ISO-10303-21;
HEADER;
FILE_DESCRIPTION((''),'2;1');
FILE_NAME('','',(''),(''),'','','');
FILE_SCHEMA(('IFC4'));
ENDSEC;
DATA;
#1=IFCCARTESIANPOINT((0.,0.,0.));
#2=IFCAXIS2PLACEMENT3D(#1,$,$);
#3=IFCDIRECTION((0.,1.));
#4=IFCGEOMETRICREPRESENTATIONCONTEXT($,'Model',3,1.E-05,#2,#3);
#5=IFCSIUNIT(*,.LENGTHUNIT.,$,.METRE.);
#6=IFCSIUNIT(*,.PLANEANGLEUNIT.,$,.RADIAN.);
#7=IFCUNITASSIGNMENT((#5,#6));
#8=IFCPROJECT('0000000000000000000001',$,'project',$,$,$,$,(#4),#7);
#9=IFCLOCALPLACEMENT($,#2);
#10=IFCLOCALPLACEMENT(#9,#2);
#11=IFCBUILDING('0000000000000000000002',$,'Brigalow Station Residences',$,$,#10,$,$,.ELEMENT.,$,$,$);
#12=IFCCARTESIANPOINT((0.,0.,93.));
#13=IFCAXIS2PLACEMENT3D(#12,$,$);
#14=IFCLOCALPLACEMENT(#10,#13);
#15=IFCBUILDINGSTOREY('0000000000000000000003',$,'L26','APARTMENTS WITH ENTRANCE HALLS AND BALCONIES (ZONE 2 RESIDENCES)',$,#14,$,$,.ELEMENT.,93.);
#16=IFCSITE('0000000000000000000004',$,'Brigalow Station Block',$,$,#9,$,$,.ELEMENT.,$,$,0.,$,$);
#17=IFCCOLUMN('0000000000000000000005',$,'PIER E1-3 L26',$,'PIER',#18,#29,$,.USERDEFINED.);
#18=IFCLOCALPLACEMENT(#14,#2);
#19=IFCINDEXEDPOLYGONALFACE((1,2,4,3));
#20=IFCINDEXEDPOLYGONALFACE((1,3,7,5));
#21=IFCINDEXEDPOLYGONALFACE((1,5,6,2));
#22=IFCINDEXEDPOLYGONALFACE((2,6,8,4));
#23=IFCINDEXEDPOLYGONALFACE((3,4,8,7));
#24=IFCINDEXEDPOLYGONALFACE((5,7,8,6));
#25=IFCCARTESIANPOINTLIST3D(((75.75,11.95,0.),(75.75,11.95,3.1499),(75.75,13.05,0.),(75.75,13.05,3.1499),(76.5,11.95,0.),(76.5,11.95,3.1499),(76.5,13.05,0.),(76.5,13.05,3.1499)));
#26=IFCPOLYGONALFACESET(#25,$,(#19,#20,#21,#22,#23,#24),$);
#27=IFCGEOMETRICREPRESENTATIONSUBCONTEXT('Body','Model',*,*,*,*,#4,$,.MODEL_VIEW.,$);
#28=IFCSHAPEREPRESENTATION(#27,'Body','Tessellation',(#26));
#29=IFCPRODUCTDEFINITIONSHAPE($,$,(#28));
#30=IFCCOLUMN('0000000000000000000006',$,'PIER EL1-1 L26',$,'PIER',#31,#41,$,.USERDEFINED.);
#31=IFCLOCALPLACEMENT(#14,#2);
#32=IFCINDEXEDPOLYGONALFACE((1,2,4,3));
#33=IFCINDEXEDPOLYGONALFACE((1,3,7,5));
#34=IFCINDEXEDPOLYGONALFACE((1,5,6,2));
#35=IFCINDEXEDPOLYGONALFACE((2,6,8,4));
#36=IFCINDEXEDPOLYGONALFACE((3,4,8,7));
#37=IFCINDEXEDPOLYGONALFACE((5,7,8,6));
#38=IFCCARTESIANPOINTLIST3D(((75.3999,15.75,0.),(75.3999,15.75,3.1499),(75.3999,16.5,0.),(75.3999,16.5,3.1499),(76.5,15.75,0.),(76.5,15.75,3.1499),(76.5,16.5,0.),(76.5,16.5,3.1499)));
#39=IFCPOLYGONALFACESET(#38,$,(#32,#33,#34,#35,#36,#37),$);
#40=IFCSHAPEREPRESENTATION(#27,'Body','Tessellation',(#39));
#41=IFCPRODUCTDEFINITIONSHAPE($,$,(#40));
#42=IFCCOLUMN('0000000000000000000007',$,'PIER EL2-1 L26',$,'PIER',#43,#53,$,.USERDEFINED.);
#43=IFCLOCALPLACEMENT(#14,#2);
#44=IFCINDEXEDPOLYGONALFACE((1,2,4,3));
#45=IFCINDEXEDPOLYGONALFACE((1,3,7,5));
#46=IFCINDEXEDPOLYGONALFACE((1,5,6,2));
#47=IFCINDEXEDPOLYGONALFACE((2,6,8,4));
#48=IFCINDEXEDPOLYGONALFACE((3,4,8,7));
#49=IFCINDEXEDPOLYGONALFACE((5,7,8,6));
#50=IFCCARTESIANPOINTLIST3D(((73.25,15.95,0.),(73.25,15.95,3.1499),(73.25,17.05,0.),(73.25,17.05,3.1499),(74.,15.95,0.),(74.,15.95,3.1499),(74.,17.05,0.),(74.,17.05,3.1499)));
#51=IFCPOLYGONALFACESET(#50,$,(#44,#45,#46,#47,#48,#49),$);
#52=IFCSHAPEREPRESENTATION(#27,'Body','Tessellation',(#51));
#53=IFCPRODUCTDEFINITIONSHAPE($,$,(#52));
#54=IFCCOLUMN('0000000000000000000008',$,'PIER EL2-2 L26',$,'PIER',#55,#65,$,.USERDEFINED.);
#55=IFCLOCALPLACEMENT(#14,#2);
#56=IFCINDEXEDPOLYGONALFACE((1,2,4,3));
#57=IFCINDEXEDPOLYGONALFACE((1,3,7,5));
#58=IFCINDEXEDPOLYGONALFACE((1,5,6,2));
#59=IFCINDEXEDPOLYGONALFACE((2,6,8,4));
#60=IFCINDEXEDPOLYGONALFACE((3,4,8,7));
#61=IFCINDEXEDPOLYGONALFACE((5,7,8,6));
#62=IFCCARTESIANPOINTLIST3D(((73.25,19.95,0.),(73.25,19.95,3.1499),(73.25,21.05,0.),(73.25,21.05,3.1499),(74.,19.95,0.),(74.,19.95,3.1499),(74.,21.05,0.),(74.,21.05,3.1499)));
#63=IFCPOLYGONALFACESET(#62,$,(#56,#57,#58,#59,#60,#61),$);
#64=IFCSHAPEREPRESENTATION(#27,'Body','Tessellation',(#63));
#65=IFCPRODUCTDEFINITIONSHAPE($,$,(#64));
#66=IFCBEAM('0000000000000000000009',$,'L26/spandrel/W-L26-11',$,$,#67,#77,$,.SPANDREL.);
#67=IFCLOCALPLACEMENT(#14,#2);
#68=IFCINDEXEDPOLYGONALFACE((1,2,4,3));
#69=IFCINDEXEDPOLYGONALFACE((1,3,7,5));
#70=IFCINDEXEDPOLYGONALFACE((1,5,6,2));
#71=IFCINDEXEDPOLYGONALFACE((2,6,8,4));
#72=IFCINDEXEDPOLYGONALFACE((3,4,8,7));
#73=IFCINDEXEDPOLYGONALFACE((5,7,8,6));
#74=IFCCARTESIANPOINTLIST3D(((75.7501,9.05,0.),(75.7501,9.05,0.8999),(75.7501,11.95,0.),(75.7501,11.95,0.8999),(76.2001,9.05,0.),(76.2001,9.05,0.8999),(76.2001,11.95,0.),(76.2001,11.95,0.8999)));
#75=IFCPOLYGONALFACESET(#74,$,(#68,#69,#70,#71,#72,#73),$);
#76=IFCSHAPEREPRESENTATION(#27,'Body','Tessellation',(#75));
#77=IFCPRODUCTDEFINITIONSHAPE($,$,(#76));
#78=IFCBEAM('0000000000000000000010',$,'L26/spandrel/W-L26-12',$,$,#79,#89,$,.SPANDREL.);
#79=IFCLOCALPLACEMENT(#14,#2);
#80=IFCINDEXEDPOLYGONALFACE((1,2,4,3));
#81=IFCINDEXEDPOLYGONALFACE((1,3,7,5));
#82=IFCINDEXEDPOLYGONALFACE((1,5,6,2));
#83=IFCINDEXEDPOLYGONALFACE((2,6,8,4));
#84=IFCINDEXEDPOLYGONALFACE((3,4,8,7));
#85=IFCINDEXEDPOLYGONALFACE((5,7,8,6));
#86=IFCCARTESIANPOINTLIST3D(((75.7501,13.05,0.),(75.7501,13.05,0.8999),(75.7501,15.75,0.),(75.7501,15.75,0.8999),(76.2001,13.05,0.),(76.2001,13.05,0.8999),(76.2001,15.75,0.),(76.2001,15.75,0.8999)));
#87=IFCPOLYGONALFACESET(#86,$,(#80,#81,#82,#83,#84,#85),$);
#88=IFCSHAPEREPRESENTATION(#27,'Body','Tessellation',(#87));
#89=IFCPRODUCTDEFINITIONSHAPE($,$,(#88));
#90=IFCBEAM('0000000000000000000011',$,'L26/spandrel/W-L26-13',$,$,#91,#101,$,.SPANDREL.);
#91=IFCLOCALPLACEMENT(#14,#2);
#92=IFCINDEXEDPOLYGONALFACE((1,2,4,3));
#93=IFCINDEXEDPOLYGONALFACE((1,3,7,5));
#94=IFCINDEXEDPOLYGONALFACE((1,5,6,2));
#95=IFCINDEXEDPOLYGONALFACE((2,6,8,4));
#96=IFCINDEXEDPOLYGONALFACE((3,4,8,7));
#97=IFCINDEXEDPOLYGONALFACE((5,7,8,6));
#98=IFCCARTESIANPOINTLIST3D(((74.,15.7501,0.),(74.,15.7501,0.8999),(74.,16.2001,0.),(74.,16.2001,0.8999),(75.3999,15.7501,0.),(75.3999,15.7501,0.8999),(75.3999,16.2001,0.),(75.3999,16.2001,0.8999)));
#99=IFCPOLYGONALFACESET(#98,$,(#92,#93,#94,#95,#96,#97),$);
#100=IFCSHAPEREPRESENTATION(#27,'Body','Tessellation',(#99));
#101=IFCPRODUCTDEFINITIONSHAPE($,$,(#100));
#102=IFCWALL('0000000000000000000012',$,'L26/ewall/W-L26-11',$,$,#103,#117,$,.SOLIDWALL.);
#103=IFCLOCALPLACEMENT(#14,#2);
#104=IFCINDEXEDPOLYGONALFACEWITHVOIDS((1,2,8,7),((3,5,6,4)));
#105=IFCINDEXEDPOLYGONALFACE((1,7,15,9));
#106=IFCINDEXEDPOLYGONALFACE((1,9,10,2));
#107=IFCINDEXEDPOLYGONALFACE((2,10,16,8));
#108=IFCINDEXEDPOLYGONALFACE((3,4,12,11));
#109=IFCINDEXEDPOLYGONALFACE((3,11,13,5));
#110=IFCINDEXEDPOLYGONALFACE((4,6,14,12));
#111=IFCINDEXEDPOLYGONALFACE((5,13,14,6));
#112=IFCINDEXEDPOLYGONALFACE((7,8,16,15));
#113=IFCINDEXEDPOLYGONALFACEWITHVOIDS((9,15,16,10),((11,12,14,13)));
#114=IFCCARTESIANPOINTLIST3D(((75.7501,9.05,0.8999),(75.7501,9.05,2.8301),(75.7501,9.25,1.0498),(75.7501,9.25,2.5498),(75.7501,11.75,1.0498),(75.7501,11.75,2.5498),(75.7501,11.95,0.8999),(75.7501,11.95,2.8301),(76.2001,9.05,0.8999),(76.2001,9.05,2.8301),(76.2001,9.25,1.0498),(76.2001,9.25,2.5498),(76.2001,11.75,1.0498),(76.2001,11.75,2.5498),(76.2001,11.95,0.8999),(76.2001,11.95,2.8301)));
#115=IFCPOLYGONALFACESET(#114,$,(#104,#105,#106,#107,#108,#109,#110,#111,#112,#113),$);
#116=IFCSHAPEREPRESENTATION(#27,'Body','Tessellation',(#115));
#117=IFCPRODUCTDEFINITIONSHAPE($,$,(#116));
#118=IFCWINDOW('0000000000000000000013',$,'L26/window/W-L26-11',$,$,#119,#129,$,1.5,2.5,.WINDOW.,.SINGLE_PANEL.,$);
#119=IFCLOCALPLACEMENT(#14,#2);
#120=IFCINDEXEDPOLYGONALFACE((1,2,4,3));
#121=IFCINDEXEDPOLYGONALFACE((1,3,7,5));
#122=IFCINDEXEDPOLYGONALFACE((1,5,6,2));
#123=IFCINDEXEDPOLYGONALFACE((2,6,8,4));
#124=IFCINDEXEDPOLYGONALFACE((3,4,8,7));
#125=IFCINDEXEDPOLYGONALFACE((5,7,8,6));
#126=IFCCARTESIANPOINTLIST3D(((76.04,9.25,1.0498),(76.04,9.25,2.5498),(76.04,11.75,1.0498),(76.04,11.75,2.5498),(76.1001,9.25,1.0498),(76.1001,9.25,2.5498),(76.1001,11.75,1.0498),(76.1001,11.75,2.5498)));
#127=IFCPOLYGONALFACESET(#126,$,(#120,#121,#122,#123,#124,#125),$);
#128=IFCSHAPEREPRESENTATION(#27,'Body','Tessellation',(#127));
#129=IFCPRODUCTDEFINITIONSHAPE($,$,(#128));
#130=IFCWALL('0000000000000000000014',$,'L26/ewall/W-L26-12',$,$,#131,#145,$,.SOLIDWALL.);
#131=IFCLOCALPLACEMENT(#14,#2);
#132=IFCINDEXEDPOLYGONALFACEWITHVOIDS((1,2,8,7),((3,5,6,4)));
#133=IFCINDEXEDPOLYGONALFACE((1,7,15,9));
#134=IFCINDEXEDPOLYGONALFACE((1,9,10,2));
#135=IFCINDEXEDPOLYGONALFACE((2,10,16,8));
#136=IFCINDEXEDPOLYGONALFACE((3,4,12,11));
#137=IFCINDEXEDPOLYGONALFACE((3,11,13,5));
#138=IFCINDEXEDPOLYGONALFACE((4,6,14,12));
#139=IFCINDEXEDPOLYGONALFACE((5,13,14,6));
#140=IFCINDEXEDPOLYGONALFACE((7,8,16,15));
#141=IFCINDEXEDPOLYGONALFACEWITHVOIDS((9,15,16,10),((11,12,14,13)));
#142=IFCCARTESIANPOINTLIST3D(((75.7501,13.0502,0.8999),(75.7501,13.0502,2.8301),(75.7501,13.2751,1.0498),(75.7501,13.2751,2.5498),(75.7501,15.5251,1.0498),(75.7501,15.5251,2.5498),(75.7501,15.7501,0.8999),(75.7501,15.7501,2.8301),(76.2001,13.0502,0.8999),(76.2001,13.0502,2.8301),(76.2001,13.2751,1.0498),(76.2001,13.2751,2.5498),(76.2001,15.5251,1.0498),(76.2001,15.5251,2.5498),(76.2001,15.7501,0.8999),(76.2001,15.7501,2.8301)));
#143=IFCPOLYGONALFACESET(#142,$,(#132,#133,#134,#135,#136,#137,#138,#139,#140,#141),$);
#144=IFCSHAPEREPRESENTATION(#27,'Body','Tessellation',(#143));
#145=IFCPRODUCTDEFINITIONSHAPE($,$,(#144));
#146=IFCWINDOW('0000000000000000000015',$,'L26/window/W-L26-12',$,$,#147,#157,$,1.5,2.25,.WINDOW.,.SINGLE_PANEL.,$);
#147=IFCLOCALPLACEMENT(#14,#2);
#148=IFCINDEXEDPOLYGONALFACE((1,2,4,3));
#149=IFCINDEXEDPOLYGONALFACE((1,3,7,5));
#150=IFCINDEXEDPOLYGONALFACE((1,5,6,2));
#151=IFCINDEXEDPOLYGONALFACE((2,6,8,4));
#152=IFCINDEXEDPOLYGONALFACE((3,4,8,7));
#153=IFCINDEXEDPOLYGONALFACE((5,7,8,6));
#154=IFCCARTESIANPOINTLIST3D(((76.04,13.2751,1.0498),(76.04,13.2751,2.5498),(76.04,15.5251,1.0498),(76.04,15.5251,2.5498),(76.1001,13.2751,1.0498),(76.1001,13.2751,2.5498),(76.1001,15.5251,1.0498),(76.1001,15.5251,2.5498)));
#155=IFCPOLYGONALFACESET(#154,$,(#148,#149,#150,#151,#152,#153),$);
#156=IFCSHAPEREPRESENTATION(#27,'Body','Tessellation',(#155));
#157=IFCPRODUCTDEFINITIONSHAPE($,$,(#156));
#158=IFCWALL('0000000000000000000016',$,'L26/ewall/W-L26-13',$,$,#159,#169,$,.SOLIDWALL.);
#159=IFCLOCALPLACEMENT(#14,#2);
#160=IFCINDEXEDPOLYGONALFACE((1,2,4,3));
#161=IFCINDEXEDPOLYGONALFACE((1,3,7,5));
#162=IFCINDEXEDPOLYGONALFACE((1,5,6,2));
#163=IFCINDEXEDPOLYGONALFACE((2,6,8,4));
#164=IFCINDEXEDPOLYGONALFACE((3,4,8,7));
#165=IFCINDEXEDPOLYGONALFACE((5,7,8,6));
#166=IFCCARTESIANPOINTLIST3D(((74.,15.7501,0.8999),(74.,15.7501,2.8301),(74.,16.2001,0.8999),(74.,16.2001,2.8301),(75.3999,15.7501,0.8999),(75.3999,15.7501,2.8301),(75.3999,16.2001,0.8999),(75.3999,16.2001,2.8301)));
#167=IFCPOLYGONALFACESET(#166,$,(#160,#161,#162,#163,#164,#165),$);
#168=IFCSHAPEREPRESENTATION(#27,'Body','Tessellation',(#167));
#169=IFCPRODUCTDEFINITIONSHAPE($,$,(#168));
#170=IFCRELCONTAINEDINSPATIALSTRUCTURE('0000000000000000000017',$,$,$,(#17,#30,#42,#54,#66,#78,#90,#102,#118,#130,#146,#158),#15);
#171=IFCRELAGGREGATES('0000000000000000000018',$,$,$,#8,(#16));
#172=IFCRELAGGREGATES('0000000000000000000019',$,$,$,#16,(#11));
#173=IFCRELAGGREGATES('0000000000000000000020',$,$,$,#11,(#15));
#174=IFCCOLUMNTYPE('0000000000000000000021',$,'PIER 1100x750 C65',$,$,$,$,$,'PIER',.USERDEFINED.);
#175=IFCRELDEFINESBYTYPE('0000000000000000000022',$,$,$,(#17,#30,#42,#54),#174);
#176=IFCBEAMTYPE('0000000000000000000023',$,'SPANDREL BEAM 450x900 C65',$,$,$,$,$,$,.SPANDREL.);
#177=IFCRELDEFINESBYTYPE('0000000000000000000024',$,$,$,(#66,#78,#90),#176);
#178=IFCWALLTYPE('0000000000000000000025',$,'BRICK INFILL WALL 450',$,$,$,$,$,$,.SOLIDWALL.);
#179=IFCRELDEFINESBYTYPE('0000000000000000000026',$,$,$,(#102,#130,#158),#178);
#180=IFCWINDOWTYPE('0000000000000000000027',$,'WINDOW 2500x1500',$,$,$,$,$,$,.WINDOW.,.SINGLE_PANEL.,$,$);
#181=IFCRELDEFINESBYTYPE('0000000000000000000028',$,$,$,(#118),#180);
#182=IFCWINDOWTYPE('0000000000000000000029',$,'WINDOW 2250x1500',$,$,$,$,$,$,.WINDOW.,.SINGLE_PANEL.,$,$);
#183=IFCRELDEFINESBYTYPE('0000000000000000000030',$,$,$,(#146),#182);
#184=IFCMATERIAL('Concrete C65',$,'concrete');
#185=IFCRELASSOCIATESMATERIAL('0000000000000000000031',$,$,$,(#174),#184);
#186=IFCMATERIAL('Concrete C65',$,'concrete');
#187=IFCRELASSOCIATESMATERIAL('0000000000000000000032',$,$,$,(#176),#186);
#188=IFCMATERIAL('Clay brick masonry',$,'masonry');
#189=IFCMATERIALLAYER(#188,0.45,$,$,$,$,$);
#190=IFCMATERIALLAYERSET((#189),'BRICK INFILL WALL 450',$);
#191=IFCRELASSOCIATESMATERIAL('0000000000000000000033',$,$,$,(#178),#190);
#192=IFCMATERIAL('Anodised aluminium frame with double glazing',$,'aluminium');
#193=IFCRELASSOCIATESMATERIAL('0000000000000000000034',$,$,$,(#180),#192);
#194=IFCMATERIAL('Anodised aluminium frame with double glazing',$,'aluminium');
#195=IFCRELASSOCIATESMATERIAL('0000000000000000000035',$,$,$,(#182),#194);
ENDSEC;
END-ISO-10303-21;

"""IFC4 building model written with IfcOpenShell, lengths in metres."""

from ifc_helpers import new_model, si_unit, direction, frame, frame_2d, origin, origin_2d, place, context, subcontext, project, spatial, rectangle, extrude, material, layer, layer_set, material_profile, profile_set, type_object, element, fill, save


model = new_model("IFC4")

# Units and contexts
model_context = context("Model", 3, precision=1e-05, world=origin(), true_north=direction((0.0, 1.0)))
body_context = subcontext(model_context, "Body", "Model", "MODEL_VIEW")
ifc_project = project(units=[si_unit("LENGTHUNIT", "METRE"), si_unit("PLANEANGLEUNIT", "RADIAN")], contexts=[model_context])

# Site, building, storey
site_placement = place(None, origin())
site = spatial("IfcSite", under=ifc_project, at=site_placement, Name="Brigalow Station Block", CompositionType="ELEMENT", RefElevation=0.0)
building_placement = place(site_placement, origin())
building = spatial("IfcBuilding", under=site, at=building_placement, Name="Brigalow Station Residences", CompositionType="ELEMENT")
storey_placement = place(building_placement, frame((0.0, 0.0, 93.0)))
storey = spatial("IfcBuildingStorey", under=building, at=storey_placement, Name="L26", Description="APARTMENTS WITH ENTRANCE HALLS AND BALCONIES (ZONE 2 RESIDENCES)", CompositionType="ELEMENT", Elevation=93.0)

# Columns
ifc_material_1 = material(Name="Concrete C65", Category="concrete")
ifc_material_profile_1 = material_profile(ifc_material_1, rectangle(XDim=1.1001, YDim=0.75, at=origin_2d()), Name="RC1100x750")
ifc_profile_set_1 = profile_set([ifc_material_profile_1], Name="Concrete C65")
column_type = type_object("IfcColumnType", Name="PIER 1100x750 C65", ElementType="PIER", PredefinedType="USERDEFINED", material=ifc_profile_set_1)
for number, where, z_axis, x_axis, name in (
    (1, (76.125, 12.5, 0.0), (0.0, 0.0, 1.0), (0.0, 1.0, 0.0), "PIER E1-3 L26"),
    (2, (75.95, 16.125, 0.0), (0.0, 0.0, 1.0), (-1.0, 0.0, 0.0), "PIER EL1-1 L26"),
    (3, (73.625, 16.5, 0.0), (0.0, 0.0, 1.0), (0.0, 1.0, 0.0), "PIER EL2-1 L26"),
    (4, (73.625, 20.5, 0.0), (0.0, 0.0, 1.0), (0.0, 1.0, 0.0), "PIER EL2-2 L26"),
):
    element("IfcColumn", number, at=place(storey_placement, frame(where, z_axis=z_axis, x_axis=x_axis)), inside=storey, type_object=column_type, Name=name, ObjectType="PIER", PredefinedType="USERDEFINED", context=body_context, shape_type="SweptSolid", body=[
        extrude(rectangle(XDim=1.1001, YDim=0.75, at=origin_2d()), origin(), (0.0, 0.0, 1.0), 3.1499),
    ])

# Beams
ifc_material_2 = material(Name="Concrete C65", Category="concrete")
ifc_material_profile_2 = material_profile(ifc_material_2, rectangle(XDim=0.45, YDim=0.8999, at=origin_2d()), Name="RC450x900")
ifc_profile_set_2 = profile_set([ifc_material_profile_2], Name="Concrete C65")
beam_type = type_object("IfcBeamType", Name="SPANDREL BEAM 450x900 C65", PredefinedType="SPANDREL", material=ifc_profile_set_2)
beam_1_placement = place(storey_placement, frame((75.9751, 9.05, 0.45), z_axis=(0.0, 1.0, 0.0), x_axis=(-1.0, 0.0, 0.0)))
element("IfcBeam", 5, at=beam_1_placement, inside=storey, type_object=beam_type, Name="L26/spandrel/W-L26-11", PredefinedType="SPANDREL", context=body_context, shape_type="SweptSolid", body=[
    extrude(rectangle(XDim=0.45, YDim=0.8999, at=origin_2d()), origin(), (0.0, 0.0, 1.0), 2.8999),
])
beam_2_placement = place(storey_placement, frame((75.9751, 13.05, 0.45), z_axis=(0.0, 1.0, 0.0), x_axis=(-1.0, 0.0, 0.0)))
element("IfcBeam", 6, at=beam_2_placement, inside=storey, type_object=beam_type, Name="L26/spandrel/W-L26-12", PredefinedType="SPANDREL", context=body_context, shape_type="SweptSolid", body=[
    extrude(rectangle(XDim=0.45, YDim=0.8999, at=origin_2d()), origin(), (0.0, 0.0, 1.0), 2.7),
])
beam_3_placement = place(storey_placement, frame((75.3999, 15.9751, 0.45), z_axis=(-1.0, 0.0, 0.0), x_axis=(0.0, -1.0, 0.0)))
element("IfcBeam", 7, at=beam_3_placement, inside=storey, type_object=beam_type, Name="L26/spandrel/W-L26-13", PredefinedType="SPANDREL", context=body_context, shape_type="SweptSolid", body=[
    extrude(rectangle(XDim=0.45, YDim=0.8999, at=origin_2d()), origin(), (0.0, 0.0, 1.0), 1.3999),
])

# Walls, openings, windows
ifc_material_3 = material(Name="Clay brick masonry", Category="masonry")
ifc_layer = layer(ifc_material_3, 0.45)
ifc_layer_set = layer_set([ifc_layer], Name="BRICK INFILL WALL 450")
wall_type = type_object("IfcWallType", Name="BRICK INFILL WALL 450", PredefinedType="SOLIDWALL", material=ifc_layer_set)
wall_1_placement = place(storey_placement, frame((75.9751, 9.05, 0.8999), z_axis=(0.0, 0.0, 1.0), x_axis=(0.0, 1.0, 0.0)))
wall_1 = element("IfcWall", 8, at=wall_1_placement, inside=storey, type_object=wall_type, Name="L26/ewall/W-L26-11", PredefinedType="SOLIDWALL", context=body_context, shape_type="SweptSolid", body=[
    extrude(rectangle(XDim=2.8999, YDim=0.45, at=frame_2d((1.45, 0.0))), origin(), (0.0, 0.0, 1.0), 1.9302),
])
opening_1_placement = place(wall_1_placement, frame((0.2, 0.0, 0.1499)))
opening_1 = element("IfcOpeningElement", 9, at=opening_1_placement, cuts=wall_1, PredefinedType="OPENING", context=body_context, shape_type="SweptSolid", body=[
    extrude(rectangle(XDim=2.5, YDim=1.5, at=frame_2d((1.25, 0.75))), frame((0.0, 0.2349, 0.0), z_axis=(0.0, -1.0, 0.0), x_axis=(1.0, 0.0, 0.0)), (0.0, 0.0, 1.0), 0.47),
])
ifc_material_4 = material(Name="Anodised aluminium frame with double glazing", Category="aluminium")
window_type_1 = type_object("IfcWindowType", Name="WINDOW 2500x1500", PartitioningType="SINGLE_PANEL", PredefinedType="WINDOW", material=ifc_material_4)
window_1_placement = place(opening_1_placement, origin())
window_1 = element("IfcWindow", 10, at=window_1_placement, inside=storey, type_object=window_type_1, Name="L26/window/W-L26-11", OverallHeight=1.5, OverallWidth=2.5, PartitioningType="SINGLE_PANEL", PredefinedType="WINDOW", context=body_context, shape_type="SweptSolid", body=[
    extrude(rectangle(XDim=2.5, YDim=1.5, at=frame_2d((1.25, 0.75))), frame((0.0, -0.0649, 0.0), z_axis=(0.0, -1.0, 0.0), x_axis=(1.0, 0.0, 0.0)), (0.0, 0.0, 1.0), 0.0601),
])
fill(opening_1, window_1)
wall_2_placement = place(storey_placement, frame((75.9751, 13.05, 0.8999), z_axis=(0.0, 0.0, 1.0), x_axis=(0.0, 1.0, 0.0)))
wall_2 = element("IfcWall", 11, at=wall_2_placement, inside=storey, type_object=wall_type, Name="L26/ewall/W-L26-12", PredefinedType="SOLIDWALL", context=body_context, shape_type="SweptSolid", body=[
    extrude(rectangle(XDim=2.7, YDim=0.45, at=frame_2d((1.3501, 0.0))), origin(), (0.0, 0.0, 1.0), 1.9302),
])
opening_2_placement = place(wall_2_placement, frame((0.2251, 0.0, 0.1499)))
opening_2 = element("IfcOpeningElement", 12, at=opening_2_placement, cuts=wall_2, PredefinedType="OPENING", context=body_context, shape_type="SweptSolid", body=[
    extrude(rectangle(XDim=2.25, YDim=1.5, at=frame_2d((1.125, 0.75))), frame((0.0, 0.2349, 0.0), z_axis=(0.0, -1.0, 0.0), x_axis=(1.0, 0.0, 0.0)), (0.0, 0.0, 1.0), 0.47),
])
ifc_material_5 = material(Name="Anodised aluminium frame with double glazing", Category="aluminium")
window_type_2 = type_object("IfcWindowType", Name="WINDOW 2250x1500", PartitioningType="SINGLE_PANEL", PredefinedType="WINDOW", material=ifc_material_5)
window_2_placement = place(opening_2_placement, origin())
window_2 = element("IfcWindow", 13, at=window_2_placement, inside=storey, type_object=window_type_2, Name="L26/window/W-L26-12", OverallHeight=1.5, OverallWidth=2.25, PartitioningType="SINGLE_PANEL", PredefinedType="WINDOW", context=body_context, shape_type="SweptSolid", body=[
    extrude(rectangle(XDim=2.25, YDim=1.5, at=frame_2d((1.125, 0.75))), frame((0.0, -0.0649, 0.0), z_axis=(0.0, -1.0, 0.0), x_axis=(1.0, 0.0, 0.0)), (0.0, 0.0, 1.0), 0.0601),
])
fill(opening_2, window_2)

# Wall
wall_3_placement = place(storey_placement, frame((75.3999, 15.9751, 0.8999), z_axis=(0.0, 0.0, 1.0), x_axis=(-1.0, 0.0, 0.0)))
element("IfcWall", 14, at=wall_3_placement, inside=storey, type_object=wall_type, Name="L26/ewall/W-L26-13", PredefinedType="SOLIDWALL", context=body_context, shape_type="SweptSolid", body=[
    extrude(rectangle(XDim=1.3999, YDim=0.45, at=frame_2d((0.7, 0.0))), origin(), (0.0, 0.0, 1.0), 1.9302),
])

save(model, "model.ifc")
